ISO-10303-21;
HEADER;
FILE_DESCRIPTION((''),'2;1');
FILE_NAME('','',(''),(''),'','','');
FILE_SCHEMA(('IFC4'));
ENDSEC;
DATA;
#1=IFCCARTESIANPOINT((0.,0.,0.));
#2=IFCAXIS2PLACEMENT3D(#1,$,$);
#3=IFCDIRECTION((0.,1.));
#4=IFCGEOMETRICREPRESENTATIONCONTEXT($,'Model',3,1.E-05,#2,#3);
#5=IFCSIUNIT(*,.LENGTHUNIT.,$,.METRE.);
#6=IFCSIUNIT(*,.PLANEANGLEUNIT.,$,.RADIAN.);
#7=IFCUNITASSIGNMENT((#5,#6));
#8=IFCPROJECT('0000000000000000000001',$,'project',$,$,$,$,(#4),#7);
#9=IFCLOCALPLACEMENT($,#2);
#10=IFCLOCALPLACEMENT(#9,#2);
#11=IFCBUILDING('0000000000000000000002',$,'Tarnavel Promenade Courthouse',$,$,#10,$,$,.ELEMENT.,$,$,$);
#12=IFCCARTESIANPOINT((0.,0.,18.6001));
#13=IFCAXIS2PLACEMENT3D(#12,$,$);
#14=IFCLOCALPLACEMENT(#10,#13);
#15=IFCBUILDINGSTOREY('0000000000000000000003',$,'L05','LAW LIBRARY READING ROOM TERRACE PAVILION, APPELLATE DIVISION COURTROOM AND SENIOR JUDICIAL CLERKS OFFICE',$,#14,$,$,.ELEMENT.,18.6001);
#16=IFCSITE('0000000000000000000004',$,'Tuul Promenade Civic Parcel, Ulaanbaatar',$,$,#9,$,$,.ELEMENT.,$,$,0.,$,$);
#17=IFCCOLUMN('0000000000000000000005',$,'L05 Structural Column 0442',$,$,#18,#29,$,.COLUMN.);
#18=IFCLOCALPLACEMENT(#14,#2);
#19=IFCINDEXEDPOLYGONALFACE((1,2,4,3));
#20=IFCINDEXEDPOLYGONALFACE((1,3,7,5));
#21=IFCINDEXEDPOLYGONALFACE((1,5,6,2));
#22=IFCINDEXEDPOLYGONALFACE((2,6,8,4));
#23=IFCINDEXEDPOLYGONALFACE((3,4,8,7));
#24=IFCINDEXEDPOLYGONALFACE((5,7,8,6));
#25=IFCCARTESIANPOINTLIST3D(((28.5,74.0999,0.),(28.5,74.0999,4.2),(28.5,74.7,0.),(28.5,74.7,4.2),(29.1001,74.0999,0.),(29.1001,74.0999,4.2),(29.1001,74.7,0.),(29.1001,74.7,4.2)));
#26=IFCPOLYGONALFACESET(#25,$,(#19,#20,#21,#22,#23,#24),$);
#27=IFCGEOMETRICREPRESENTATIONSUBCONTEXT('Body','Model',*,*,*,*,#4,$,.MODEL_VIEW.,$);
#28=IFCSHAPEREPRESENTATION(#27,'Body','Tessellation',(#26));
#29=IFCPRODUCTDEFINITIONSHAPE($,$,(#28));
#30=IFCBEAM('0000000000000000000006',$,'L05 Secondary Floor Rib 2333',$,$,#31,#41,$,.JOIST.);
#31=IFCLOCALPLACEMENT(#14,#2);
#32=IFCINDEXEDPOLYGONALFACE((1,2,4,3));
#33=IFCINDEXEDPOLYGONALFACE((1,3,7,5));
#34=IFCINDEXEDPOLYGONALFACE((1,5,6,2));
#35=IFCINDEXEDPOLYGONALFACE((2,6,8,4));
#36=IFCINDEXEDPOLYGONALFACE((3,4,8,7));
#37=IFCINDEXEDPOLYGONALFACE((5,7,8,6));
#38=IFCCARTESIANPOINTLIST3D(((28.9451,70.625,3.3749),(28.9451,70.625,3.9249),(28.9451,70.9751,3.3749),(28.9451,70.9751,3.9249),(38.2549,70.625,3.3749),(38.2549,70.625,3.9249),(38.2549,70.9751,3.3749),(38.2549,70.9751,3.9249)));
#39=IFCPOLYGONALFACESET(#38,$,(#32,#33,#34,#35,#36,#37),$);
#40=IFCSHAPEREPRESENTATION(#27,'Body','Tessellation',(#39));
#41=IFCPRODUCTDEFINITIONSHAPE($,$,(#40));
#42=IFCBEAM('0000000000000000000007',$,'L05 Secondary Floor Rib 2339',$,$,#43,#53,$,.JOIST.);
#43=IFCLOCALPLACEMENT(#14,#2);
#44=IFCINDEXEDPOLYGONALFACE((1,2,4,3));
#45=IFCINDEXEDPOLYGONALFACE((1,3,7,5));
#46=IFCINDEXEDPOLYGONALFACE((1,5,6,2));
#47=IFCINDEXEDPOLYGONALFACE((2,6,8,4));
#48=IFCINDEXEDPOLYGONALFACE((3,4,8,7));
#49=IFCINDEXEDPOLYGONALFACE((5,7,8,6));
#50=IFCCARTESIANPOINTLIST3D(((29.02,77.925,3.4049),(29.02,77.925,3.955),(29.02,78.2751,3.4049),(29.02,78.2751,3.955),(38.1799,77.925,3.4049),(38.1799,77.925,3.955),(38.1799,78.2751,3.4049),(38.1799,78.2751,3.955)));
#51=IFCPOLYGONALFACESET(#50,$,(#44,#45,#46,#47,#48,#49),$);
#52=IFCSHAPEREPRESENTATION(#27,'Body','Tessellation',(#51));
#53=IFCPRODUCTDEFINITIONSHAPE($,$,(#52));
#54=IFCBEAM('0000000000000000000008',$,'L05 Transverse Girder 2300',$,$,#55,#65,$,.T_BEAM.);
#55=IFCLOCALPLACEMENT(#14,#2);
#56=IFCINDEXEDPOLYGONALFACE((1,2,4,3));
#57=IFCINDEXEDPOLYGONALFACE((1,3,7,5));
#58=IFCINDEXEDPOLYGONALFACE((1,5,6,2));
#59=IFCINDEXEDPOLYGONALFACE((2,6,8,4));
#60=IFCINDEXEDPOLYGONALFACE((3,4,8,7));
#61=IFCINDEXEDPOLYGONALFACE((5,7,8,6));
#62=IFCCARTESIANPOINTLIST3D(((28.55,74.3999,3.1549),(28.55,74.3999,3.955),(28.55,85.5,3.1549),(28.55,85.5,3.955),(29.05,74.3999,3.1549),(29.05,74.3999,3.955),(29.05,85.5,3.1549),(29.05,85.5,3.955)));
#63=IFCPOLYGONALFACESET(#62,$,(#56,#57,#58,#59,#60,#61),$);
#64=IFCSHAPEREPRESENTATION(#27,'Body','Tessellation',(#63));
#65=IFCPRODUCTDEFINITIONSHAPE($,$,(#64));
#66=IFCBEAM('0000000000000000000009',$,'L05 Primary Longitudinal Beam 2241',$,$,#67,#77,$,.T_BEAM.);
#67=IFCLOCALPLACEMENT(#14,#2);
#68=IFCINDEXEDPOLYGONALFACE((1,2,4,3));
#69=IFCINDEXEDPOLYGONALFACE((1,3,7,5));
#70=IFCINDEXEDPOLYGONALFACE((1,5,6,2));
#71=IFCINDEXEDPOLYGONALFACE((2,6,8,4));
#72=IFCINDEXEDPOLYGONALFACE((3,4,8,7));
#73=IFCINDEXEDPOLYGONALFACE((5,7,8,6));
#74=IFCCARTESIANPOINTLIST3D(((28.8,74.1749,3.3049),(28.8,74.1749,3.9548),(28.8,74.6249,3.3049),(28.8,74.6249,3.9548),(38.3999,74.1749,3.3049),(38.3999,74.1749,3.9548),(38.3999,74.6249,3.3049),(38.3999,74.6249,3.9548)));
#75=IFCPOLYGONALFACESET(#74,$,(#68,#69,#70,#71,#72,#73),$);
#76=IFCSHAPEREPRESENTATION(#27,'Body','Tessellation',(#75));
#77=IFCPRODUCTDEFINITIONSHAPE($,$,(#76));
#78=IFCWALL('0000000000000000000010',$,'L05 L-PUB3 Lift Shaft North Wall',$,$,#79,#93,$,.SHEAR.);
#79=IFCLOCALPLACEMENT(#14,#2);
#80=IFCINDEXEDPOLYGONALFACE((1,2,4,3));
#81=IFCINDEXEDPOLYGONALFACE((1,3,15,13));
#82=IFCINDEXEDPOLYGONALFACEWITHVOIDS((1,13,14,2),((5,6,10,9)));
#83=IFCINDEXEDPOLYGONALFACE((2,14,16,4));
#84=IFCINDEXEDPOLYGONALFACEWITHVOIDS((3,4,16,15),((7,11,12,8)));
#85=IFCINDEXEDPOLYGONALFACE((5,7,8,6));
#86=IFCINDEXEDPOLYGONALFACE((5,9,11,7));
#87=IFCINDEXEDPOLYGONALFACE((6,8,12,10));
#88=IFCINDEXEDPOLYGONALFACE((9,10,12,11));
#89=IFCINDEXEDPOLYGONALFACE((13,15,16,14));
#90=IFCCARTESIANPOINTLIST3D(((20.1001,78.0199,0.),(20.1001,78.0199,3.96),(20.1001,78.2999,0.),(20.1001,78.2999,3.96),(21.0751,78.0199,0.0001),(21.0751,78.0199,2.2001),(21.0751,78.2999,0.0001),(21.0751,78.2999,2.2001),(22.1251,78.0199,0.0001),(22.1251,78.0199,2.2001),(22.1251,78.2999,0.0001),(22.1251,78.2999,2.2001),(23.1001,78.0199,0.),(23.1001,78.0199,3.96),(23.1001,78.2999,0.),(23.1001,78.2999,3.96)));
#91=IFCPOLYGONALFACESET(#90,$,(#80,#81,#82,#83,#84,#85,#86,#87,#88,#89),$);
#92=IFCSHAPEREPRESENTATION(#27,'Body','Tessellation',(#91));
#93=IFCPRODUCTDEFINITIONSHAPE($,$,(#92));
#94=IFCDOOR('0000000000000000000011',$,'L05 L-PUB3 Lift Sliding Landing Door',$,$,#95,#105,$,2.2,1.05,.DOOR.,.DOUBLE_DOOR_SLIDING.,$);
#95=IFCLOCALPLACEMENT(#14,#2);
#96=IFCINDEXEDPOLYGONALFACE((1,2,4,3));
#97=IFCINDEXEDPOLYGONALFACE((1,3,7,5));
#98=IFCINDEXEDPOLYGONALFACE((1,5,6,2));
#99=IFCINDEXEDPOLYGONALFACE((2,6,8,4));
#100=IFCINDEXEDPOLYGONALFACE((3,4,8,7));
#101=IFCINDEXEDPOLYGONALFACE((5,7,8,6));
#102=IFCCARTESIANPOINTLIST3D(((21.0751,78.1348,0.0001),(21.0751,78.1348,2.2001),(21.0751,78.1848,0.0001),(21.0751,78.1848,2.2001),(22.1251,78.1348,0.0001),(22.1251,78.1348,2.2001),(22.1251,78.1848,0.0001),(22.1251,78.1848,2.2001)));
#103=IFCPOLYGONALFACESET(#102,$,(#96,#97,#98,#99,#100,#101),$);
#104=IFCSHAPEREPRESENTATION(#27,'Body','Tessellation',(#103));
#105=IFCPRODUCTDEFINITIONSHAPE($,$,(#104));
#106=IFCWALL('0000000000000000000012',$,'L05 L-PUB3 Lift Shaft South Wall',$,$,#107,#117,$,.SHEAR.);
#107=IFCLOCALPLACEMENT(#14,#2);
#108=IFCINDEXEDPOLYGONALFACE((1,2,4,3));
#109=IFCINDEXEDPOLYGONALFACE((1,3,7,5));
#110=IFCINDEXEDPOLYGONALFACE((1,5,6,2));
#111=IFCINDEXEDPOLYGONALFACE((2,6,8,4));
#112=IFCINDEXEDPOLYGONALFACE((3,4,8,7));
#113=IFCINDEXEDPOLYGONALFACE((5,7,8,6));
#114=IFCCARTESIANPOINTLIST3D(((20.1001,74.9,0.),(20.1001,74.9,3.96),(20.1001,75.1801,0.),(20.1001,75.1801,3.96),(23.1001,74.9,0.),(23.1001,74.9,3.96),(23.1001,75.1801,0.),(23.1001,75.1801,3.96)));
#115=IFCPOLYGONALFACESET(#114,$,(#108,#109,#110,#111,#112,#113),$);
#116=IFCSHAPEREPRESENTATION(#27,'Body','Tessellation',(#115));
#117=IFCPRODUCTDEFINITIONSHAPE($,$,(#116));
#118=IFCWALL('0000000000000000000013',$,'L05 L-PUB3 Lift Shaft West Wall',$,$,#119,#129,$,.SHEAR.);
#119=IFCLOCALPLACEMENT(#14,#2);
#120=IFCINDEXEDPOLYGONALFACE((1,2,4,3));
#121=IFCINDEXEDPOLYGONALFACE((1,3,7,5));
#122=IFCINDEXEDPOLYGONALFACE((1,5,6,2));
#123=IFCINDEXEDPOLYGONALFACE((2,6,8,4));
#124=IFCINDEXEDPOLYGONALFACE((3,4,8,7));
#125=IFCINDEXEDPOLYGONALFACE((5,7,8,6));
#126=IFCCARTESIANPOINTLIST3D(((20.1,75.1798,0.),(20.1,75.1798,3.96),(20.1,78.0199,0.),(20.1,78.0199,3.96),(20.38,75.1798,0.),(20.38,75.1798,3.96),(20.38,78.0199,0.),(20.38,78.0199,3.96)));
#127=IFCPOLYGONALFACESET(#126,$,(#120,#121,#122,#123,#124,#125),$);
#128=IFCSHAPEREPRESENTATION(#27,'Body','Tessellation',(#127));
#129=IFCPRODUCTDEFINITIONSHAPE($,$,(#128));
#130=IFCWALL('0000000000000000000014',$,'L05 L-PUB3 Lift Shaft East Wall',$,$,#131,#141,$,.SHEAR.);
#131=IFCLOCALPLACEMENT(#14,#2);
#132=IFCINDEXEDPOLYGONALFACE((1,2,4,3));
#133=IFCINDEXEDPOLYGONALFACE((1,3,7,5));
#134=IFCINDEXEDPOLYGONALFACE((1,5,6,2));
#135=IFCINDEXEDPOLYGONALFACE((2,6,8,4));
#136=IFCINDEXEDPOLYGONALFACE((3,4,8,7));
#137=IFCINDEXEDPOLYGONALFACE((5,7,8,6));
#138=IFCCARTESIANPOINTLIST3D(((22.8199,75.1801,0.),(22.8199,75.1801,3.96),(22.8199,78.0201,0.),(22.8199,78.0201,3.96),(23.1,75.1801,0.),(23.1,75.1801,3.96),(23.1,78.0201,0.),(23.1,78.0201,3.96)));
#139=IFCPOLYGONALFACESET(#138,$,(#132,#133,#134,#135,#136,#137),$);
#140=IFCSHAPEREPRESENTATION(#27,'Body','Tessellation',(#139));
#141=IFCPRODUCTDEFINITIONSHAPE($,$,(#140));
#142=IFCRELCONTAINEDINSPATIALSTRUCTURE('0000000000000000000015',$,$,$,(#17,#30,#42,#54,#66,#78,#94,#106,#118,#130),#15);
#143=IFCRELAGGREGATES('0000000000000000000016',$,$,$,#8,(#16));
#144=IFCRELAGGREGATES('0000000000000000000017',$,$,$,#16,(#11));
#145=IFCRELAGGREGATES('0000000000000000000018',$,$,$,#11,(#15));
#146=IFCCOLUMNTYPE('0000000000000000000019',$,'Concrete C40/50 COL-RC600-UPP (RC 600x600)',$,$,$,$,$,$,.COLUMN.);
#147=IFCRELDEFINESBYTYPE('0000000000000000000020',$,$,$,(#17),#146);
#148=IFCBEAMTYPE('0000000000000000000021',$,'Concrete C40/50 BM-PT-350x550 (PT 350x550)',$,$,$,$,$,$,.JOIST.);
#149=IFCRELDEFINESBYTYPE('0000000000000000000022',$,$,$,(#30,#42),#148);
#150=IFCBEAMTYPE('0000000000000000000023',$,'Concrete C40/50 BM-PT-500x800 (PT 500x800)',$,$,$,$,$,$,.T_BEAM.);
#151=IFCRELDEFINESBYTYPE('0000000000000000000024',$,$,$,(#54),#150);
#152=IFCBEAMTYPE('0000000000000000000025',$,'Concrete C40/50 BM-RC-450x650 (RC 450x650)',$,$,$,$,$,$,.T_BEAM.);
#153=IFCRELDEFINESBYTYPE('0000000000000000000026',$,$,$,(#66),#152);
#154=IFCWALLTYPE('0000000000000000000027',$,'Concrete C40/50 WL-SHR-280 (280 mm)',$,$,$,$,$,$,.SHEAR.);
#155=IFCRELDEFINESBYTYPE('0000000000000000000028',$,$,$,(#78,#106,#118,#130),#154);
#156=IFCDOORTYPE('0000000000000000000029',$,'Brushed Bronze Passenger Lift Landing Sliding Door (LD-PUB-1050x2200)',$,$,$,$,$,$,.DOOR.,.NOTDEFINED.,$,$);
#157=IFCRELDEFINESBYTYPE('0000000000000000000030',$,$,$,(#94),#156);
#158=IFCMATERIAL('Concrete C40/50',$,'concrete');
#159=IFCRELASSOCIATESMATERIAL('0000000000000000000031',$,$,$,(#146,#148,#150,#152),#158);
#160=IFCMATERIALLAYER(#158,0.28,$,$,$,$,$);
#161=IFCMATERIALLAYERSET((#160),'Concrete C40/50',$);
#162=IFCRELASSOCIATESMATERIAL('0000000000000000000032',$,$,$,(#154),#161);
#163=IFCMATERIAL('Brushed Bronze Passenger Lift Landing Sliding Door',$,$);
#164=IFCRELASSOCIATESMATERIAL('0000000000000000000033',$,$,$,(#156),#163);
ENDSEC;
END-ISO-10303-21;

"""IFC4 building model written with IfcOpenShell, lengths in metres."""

from ifc_helpers import new_model, si_unit, direction, frame, frame_2d, origin, origin_2d, place, context, subcontext, project, spatial, rectangle, extrude, material, layer, layer_set, material_profile, profile_set, type_object, element, fill, save


model = new_model("IFC4")

# Units and contexts
model_context = context("Model", 3, precision=1e-05, world=origin(), true_north=direction((0.0, 1.0)))
body_context = subcontext(model_context, "Body", "Model", "MODEL_VIEW")
ifc_project = project(units=[si_unit("LENGTHUNIT", "METRE"), si_unit("PLANEANGLEUNIT", "RADIAN")], contexts=[model_context])

# Site, building, storey
site_placement = place(None, origin())
site = spatial("IfcSite", under=ifc_project, at=site_placement, Name="Tuul Promenade Civic Parcel, Ulaanbaatar", CompositionType="ELEMENT", RefElevation=0.0)
building_placement = place(site_placement, origin())
building = spatial("IfcBuilding", under=site, at=building_placement, Name="Tarnavel Promenade Courthouse", CompositionType="ELEMENT")
storey_placement = place(building_placement, frame((0.0, 0.0, 18.6001)))
storey = spatial("IfcBuildingStorey", under=building, at=storey_placement, Name="L05", Description="LAW LIBRARY READING ROOM TERRACE PAVILION, APPELLATE DIVISION COURTROOM AND SENIOR JUDICIAL CLERKS OFFICE", CompositionType="ELEMENT", Elevation=18.6001)

# Column
ifc_material_1 = material(Name="Concrete C40/50", Category="concrete")
ifc_material_profile_1 = material_profile(ifc_material_1, rectangle(XDim=0.6001, YDim=0.6001, at=origin_2d()), Name="RC 600x600")
ifc_profile_set_1 = profile_set([ifc_material_profile_1], Name="Concrete C40/50")
column_type = type_object("IfcColumnType", Name="Concrete C40/50 COL-RC600-UPP (RC 600x600)", PredefinedType="COLUMN", material=ifc_profile_set_1)
column_placement = place(storey_placement, frame((28.8, 74.3999, 0.0), z_axis=(0.0, 0.0, 1.0), x_axis=(1.0, 0.0, 0.0)))
element("IfcColumn", 1, at=column_placement, inside=storey, type_object=column_type, Name="L05 Structural Column 0442", PredefinedType="COLUMN", context=body_context, shape_type="SweptSolid", body=[
    extrude(rectangle(XDim=0.6001, YDim=0.6001, at=origin_2d()), origin(), (0.0, 0.0, 1.0), 4.2),
])

# Beams
ifc_material_profile_2 = material_profile(ifc_material_1, rectangle(XDim=0.3501, YDim=0.55, at=origin_2d()), Name="PT 350x550")
ifc_profile_set_2 = profile_set([ifc_material_profile_2], Name="Concrete C40/50")
beam_type_1 = type_object("IfcBeamType", Name="Concrete C40/50 BM-PT-350x550 (PT 350x550)", PredefinedType="JOIST", material=ifc_profile_set_2)
beam_1_placement = place(storey_placement, frame((28.9451, 70.8, 3.6499), z_axis=(1.0, 0.0, 0.0), x_axis=(0.0, 1.0, 0.0)))
element("IfcBeam", 2, at=beam_1_placement, inside=storey, type_object=beam_type_1, Name="L05 Secondary Floor Rib 2333", PredefinedType="JOIST", context=body_context, shape_type="SweptSolid", body=[
    extrude(rectangle(XDim=0.3501, YDim=0.55, at=origin_2d()), origin(), (0.0, 0.0, 1.0), 9.3098),
])
beam_2_placement = place(storey_placement, frame((29.02, 78.1001, 3.6799), z_axis=(1.0, 0.0, 0.0), x_axis=(0.0, 1.0, 0.0)))
element("IfcBeam", 3, at=beam_2_placement, inside=storey, type_object=beam_type_1, Name="L05 Secondary Floor Rib 2339", PredefinedType="JOIST", context=body_context, shape_type="SweptSolid", body=[
    extrude(rectangle(XDim=0.3501, YDim=0.55, at=origin_2d()), origin(), (0.0, 0.0, 1.0), 9.1599),
])
ifc_material_profile_3 = material_profile(ifc_material_1, rectangle(XDim=0.5, YDim=0.8, at=origin_2d()), Name="PT 500x800")
ifc_profile_set_3 = profile_set([ifc_material_profile_3], Name="Concrete C40/50")
beam_type_2 = type_object("IfcBeamType", Name="Concrete C40/50 BM-PT-500x800 (PT 500x800)", PredefinedType="T_BEAM", material=ifc_profile_set_3)
beam_3_placement = place(storey_placement, frame((28.8, 74.3999, 3.5549), z_axis=(0.0, 1.0, 0.0), x_axis=(-1.0, 0.0, 0.0)))
element("IfcBeam", 4, at=beam_3_placement, inside=storey, type_object=beam_type_2, Name="L05 Transverse Girder 2300", PredefinedType="T_BEAM", context=body_context, shape_type="SweptSolid", body=[
    extrude(rectangle(XDim=0.5, YDim=0.8, at=origin_2d()), origin(), (0.0, 0.0, 1.0), 11.1001),
])
ifc_material_profile_4 = material_profile(ifc_material_1, rectangle(XDim=0.45, YDim=0.6499, at=origin_2d()), Name="RC 450x650")
ifc_profile_set_4 = profile_set([ifc_material_profile_4], Name="Concrete C40/50")
beam_type_3 = type_object("IfcBeamType", Name="Concrete C40/50 BM-RC-450x650 (RC 450x650)", PredefinedType="T_BEAM", material=ifc_profile_set_4)
beam_4_placement = place(storey_placement, frame((28.8, 74.3999, 3.6299), z_axis=(1.0, 0.0, 0.0), x_axis=(0.0, 1.0, 0.0)))
element("IfcBeam", 5, at=beam_4_placement, inside=storey, type_object=beam_type_3, Name="L05 Primary Longitudinal Beam 2241", PredefinedType="T_BEAM", context=body_context, shape_type="SweptSolid", body=[
    extrude(rectangle(XDim=0.45, YDim=0.6499, at=origin_2d()), origin(), (0.0, 0.0, 1.0), 9.5999),
])

# Wall, opening, door
ifc_layer_1 = layer(ifc_material_1, 0.28)
ifc_layer_set_1 = layer_set([ifc_layer_1], Name="Concrete C40/50")
wall_type_1 = type_object("IfcWallType", Name="Concrete C40/50 WL-SHR-280 (280 mm)", PredefinedType="SHEAR", material=ifc_layer_set_1)
wall_1_placement = place(storey_placement, frame((20.1001, 78.1599, 0.0), z_axis=(0.0, 0.0, 1.0), x_axis=(1.0, 0.0, 0.0)))
wall_1 = element("IfcWall", 6, at=wall_1_placement, inside=storey, type_object=wall_type_1, Name="L05 L-PUB3 Lift Shaft North Wall", PredefinedType="SHEAR", context=body_context, shape_type="SweptSolid", body=[
    extrude(rectangle(XDim=3.0, YDim=0.28, at=frame_2d((1.5, 0.0))), origin(), (0.0, 0.0, 1.0), 3.96),
])
opening_1_placement = place(wall_1_placement, frame((0.9751, 0.0, 0.0)))
opening_1 = element("IfcOpeningElement", 7, at=opening_1_placement, cuts=wall_1, PredefinedType="OPENING", context=body_context, shape_type="SweptSolid", body=[
    extrude(rectangle(XDim=1.05, YDim=2.2, at=frame_2d((0.5249, 1.1001))), frame((0.0, 0.1499, 0.0), z_axis=(0.0, -1.0, 0.0), x_axis=(1.0, 0.0, 0.0)), (0.0, 0.0, 1.0), 0.3),
])
ifc_material_2 = material(Name="Brushed Bronze Passenger Lift Landing Sliding Door")
door_type = type_object("IfcDoorType", Name="Brushed Bronze Passenger Lift Landing Sliding Door (LD-PUB-1050x2200)", OperationType="NOTDEFINED", PredefinedType="DOOR", material=ifc_material_2)
door_placement = place(opening_1_placement, origin())
door = element("IfcDoor", 8, at=door_placement, inside=storey, type_object=door_type, Name="L05 L-PUB3 Lift Sliding Landing Door", OperationType="DOUBLE_DOOR_SLIDING", OverallHeight=2.2, OverallWidth=1.05, PredefinedType="DOOR", context=body_context, shape_type="SweptSolid", body=[
    extrude(rectangle(XDim=1.05, YDim=2.2, at=frame_2d((0.5249, 1.1001))), frame((0.0, 0.0249, 0.0), z_axis=(0.0, -1.0, 0.0), x_axis=(1.0, 0.0, 0.0)), (0.0, 0.0, 1.0), 0.05),
])
fill(opening_1, door)

# Walls
wall_2_placement = place(storey_placement, frame((23.1001, 75.04, 0.0), z_axis=(0.0, 0.0, 1.0), x_axis=(-1.0, 0.0, 0.0)))
element("IfcWall", 9, at=wall_2_placement, inside=storey, type_object=wall_type_1, Name="L05 L-PUB3 Lift Shaft South Wall", PredefinedType="SHEAR", context=body_context, shape_type="SweptSolid", body=[
    extrude(rectangle(XDim=3.0, YDim=0.28, at=frame_2d((1.5, 0.0))), origin(), (0.0, 0.0, 1.0), 3.96),
])
for number, where, z_axis, x_axis, name in (
    (10, (20.24, 75.1799, 0.0), (0.0, 0.0, 1.0), (0.0, 1.0, 0.0), "L05 L-PUB3 Lift Shaft West Wall"),
    (11, (22.96, 78.02, 0.0), (0.0, 0.0, 1.0), (0.0, -1.0, 0.0), "L05 L-PUB3 Lift Shaft East Wall"),
):
    element("IfcWall", number, at=place(storey_placement, frame(where, z_axis=z_axis, x_axis=x_axis)), inside=storey, type_object=wall_type_1, Name=name, PredefinedType="SHEAR", context=body_context, shape_type="SweptSolid", body=[
        extrude(rectangle(XDim=2.8401, YDim=0.28, at=frame_2d((1.4199, 0.0))), origin(), (0.0, 0.0, 1.0), 3.96),
    ])

save(model, "model.ifc")
